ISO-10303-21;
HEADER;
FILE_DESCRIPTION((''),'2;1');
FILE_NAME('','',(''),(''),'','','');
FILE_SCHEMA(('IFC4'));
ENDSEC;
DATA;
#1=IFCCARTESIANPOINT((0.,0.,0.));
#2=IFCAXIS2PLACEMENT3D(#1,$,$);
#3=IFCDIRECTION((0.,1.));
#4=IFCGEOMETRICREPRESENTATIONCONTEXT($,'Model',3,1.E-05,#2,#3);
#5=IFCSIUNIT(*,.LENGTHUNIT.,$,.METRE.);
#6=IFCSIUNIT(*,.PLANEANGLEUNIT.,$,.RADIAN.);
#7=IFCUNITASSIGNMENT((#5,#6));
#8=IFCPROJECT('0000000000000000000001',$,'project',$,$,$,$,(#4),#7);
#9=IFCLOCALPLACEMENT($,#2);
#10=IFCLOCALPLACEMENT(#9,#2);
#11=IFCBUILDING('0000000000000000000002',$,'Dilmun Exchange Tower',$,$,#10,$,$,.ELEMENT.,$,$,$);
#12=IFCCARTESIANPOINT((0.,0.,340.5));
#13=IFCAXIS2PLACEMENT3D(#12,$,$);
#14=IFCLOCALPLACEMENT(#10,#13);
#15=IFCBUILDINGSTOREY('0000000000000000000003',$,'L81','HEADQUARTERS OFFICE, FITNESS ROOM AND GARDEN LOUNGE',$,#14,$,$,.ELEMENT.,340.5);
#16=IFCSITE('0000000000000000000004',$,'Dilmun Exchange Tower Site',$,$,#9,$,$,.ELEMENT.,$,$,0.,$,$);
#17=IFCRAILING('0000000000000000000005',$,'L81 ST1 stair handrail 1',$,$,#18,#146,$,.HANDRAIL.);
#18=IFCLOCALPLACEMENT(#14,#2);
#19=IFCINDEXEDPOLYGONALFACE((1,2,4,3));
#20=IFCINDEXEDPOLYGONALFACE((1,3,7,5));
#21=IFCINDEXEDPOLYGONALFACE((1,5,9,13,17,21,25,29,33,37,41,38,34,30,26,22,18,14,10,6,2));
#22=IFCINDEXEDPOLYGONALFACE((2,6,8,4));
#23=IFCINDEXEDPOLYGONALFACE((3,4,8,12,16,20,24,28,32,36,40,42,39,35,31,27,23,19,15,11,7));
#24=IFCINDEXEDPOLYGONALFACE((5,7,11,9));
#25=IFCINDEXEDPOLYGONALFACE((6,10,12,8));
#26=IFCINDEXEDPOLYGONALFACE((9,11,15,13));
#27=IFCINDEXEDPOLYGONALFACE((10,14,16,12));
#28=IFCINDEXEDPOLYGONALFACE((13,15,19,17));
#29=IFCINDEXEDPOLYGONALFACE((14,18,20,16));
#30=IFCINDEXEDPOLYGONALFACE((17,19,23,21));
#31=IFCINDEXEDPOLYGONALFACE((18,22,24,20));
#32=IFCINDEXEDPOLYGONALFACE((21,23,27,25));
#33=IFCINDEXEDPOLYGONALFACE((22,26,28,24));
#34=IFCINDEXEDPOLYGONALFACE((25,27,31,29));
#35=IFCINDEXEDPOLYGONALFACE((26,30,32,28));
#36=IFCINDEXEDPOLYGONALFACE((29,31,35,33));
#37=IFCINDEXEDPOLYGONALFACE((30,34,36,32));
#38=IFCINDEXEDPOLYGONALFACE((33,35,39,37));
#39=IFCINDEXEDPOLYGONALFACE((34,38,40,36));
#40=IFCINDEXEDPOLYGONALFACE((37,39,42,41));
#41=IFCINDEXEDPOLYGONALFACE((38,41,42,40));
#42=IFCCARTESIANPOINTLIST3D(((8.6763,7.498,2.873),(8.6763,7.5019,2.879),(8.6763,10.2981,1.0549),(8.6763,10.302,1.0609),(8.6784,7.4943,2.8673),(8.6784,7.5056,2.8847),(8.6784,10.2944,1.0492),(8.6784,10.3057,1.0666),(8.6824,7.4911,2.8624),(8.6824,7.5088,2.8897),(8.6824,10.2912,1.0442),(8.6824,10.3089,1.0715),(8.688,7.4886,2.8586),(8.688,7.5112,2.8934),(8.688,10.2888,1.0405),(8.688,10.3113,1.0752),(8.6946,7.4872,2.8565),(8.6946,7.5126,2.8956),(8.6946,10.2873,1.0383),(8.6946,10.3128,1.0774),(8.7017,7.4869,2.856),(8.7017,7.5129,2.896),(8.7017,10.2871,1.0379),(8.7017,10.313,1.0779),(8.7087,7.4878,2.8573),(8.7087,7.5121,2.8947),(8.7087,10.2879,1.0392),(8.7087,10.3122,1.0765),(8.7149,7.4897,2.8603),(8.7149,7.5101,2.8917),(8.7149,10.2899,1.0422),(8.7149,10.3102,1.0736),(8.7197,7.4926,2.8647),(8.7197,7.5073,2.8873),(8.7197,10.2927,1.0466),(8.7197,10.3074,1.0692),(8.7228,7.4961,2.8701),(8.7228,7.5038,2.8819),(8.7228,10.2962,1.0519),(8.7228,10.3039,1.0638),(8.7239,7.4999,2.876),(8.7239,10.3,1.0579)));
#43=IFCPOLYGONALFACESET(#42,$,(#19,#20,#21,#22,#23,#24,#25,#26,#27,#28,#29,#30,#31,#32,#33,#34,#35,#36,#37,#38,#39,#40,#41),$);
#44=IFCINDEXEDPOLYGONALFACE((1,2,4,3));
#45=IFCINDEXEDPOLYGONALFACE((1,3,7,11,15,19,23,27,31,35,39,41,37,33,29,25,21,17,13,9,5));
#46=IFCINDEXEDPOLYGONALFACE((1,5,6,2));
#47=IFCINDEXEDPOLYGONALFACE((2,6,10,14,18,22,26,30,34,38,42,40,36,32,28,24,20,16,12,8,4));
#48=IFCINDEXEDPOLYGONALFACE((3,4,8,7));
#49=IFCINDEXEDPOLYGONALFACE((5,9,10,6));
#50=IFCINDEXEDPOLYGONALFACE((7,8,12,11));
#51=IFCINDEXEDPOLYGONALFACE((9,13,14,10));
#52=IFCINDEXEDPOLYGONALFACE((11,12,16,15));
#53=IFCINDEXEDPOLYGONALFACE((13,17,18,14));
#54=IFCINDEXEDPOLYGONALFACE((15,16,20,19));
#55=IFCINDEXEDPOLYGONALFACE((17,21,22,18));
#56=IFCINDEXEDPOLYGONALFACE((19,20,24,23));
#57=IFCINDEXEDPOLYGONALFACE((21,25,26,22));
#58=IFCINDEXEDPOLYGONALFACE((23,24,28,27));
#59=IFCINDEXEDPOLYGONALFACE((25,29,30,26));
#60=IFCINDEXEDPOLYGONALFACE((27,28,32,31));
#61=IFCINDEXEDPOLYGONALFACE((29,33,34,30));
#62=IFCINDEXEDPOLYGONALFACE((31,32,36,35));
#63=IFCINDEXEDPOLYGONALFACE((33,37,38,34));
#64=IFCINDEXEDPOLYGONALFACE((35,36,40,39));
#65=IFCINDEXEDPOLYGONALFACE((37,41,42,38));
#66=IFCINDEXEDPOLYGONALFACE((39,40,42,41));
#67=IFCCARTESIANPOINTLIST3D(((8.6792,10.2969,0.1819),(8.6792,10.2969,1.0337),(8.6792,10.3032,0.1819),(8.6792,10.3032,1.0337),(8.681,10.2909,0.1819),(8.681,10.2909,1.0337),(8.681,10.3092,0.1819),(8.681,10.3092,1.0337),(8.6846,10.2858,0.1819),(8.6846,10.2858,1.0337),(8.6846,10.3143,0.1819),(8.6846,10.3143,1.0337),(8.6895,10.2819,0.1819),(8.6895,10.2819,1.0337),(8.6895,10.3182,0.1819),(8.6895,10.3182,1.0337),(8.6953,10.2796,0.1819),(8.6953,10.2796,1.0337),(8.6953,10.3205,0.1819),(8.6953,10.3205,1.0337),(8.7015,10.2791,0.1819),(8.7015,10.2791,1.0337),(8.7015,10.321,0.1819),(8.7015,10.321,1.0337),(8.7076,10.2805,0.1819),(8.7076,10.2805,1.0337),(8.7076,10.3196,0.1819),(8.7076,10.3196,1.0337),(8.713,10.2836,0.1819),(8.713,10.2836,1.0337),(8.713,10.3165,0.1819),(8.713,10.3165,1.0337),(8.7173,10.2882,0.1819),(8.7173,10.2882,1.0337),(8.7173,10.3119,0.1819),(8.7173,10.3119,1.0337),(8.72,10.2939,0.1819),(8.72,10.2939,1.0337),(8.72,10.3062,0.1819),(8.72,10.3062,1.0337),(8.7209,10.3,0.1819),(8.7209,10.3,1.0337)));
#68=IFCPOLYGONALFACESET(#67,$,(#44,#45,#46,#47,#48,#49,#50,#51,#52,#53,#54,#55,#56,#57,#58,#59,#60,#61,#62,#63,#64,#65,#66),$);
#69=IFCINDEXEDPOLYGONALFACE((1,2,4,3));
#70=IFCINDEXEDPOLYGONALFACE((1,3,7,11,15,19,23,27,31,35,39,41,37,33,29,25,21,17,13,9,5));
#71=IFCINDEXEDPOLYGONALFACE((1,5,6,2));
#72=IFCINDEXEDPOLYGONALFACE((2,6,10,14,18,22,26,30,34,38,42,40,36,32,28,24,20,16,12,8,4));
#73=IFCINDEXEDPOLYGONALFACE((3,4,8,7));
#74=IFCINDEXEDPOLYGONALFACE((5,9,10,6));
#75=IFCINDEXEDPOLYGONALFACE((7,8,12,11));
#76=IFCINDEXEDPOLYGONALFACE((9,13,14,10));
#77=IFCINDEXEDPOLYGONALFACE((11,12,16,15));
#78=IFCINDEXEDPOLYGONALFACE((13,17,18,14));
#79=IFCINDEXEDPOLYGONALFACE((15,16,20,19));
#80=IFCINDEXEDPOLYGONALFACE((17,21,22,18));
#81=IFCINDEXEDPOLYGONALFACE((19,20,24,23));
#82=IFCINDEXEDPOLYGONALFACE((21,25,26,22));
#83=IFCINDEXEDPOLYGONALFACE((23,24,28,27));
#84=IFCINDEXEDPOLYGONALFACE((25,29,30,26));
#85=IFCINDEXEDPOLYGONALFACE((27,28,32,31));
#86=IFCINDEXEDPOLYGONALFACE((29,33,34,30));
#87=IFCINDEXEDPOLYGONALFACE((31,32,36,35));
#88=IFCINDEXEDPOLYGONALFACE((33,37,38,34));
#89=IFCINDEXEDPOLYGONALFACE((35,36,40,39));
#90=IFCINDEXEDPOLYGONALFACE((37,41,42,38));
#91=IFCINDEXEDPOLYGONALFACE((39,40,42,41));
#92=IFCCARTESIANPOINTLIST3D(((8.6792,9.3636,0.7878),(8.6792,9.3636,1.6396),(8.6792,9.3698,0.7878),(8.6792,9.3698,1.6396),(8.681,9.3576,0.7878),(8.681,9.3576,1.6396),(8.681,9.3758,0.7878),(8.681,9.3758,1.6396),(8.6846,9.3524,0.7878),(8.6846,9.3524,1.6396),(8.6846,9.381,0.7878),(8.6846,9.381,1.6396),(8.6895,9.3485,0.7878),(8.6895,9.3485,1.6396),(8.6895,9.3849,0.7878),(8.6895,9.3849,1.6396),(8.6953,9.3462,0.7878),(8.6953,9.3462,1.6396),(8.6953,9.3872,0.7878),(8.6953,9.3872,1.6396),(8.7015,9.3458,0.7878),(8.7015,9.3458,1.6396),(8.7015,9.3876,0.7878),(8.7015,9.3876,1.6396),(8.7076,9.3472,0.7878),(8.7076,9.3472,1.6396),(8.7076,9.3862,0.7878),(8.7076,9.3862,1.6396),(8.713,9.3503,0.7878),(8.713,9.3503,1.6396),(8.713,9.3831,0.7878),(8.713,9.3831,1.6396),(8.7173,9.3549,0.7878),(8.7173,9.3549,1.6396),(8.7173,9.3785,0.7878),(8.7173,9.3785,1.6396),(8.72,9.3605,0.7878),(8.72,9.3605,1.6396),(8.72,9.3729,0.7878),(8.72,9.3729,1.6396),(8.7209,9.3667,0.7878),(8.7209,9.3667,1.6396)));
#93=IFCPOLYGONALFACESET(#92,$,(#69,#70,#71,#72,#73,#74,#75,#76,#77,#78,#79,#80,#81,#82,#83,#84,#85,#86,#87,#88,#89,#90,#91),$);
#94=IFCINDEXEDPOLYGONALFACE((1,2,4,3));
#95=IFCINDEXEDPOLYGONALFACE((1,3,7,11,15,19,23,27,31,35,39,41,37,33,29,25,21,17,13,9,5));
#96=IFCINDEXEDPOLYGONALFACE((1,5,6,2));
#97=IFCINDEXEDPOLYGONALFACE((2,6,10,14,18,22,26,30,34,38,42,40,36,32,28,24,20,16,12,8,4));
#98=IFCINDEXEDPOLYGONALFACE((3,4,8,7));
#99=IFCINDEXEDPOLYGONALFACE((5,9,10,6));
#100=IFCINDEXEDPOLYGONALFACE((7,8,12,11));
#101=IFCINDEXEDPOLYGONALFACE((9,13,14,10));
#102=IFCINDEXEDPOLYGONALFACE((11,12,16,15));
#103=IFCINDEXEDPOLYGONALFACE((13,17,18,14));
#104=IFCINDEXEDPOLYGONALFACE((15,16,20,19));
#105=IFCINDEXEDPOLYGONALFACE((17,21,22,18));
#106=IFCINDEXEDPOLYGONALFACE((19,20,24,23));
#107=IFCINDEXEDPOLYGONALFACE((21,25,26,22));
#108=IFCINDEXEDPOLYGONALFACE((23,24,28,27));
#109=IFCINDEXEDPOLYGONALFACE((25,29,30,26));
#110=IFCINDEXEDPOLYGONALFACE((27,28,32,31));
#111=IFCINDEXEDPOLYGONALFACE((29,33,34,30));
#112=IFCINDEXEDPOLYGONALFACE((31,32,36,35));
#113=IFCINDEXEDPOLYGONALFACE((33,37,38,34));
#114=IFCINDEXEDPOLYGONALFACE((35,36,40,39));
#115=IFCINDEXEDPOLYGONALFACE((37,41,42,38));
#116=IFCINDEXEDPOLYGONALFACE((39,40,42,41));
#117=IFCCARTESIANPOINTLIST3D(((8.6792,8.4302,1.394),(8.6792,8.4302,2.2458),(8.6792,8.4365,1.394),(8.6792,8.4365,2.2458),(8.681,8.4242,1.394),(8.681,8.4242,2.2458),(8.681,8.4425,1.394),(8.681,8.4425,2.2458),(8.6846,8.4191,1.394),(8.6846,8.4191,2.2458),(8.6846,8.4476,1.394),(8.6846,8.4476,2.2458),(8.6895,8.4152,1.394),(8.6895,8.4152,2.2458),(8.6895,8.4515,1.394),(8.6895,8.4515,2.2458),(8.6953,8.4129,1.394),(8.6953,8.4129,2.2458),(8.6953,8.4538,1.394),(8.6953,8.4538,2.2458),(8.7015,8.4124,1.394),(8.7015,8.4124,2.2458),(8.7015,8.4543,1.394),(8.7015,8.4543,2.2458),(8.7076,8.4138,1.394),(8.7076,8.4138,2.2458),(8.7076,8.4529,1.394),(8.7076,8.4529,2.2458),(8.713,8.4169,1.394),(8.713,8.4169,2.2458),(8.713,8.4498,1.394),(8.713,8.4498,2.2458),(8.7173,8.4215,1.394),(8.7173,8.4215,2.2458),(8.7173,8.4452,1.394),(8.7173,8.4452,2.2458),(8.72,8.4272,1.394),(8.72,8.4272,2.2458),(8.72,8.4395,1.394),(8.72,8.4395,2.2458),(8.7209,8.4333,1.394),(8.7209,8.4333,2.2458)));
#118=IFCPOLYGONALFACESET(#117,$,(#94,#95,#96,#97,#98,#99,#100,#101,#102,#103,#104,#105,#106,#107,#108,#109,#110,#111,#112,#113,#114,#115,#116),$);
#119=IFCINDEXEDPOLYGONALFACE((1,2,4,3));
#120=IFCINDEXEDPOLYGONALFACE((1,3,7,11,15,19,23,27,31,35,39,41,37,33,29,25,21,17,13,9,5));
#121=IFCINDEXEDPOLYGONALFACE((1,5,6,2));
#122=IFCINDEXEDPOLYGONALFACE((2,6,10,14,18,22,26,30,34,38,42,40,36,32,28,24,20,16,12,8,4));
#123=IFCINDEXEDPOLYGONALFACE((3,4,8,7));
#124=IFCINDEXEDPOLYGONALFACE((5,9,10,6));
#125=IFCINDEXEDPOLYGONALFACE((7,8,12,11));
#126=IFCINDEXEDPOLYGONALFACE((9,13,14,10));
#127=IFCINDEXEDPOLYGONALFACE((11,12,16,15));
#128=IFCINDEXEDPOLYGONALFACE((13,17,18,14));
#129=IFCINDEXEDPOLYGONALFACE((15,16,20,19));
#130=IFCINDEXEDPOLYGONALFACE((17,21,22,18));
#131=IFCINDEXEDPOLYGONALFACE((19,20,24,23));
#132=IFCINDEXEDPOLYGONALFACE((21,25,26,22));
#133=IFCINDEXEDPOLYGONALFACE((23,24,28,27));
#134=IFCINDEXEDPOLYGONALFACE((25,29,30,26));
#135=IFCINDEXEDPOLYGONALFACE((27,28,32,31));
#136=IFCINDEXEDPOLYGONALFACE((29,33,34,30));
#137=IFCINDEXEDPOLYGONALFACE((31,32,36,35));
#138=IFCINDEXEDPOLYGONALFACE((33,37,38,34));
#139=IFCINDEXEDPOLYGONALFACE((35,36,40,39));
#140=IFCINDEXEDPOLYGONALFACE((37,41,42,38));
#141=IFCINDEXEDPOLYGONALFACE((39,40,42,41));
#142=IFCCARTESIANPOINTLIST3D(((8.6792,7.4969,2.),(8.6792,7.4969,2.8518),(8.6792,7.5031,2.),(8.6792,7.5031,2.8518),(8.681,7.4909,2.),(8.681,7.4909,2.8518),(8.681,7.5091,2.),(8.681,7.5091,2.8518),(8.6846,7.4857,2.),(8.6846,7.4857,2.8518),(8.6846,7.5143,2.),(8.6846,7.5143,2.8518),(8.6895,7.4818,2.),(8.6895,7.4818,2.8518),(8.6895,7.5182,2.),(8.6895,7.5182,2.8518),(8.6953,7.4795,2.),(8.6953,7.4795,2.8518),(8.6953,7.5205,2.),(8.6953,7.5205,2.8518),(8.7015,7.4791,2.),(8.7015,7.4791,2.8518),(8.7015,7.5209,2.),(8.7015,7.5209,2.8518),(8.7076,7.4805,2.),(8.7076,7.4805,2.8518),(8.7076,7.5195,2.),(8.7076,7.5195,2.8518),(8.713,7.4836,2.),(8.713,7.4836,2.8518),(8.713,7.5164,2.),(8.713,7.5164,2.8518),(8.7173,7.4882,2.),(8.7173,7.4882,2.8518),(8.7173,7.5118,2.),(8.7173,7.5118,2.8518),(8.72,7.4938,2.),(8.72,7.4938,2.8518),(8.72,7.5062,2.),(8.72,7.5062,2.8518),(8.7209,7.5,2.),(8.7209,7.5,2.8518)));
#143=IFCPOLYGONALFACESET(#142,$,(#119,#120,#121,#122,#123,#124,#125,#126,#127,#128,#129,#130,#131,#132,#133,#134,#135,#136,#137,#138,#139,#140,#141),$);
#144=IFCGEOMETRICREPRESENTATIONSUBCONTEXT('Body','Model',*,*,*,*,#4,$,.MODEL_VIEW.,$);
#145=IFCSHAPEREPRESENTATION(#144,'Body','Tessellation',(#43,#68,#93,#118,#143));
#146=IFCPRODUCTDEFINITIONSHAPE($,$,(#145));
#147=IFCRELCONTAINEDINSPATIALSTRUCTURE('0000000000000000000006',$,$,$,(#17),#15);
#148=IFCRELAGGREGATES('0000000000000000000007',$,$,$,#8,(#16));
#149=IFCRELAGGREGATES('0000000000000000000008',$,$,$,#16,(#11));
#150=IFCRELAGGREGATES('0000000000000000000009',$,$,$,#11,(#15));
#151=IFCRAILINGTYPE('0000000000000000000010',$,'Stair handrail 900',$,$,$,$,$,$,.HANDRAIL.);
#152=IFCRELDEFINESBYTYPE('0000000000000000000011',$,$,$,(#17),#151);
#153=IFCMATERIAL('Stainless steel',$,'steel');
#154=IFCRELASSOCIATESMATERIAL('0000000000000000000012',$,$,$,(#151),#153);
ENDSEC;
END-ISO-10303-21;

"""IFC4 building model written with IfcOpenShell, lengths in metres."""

from ifc_helpers import new_model, si_unit, direction, frame, origin, origin_2d, place, context, subcontext, project, spatial, circle, extrude, material, type_object, element, save


model = new_model("IFC4")

# Units and contexts
model_context = context("Model", 3, precision=1e-05, world=origin(), true_north=direction((0.0, 1.0)))
body_context = subcontext(model_context, "Body", "Model", "MODEL_VIEW")
ifc_project = project(units=[si_unit("LENGTHUNIT", "METRE"), si_unit("PLANEANGLEUNIT", "RADIAN")], contexts=[model_context])

# Site, building, storey
site_placement = place(None, origin())
site = spatial("IfcSite", under=ifc_project, at=site_placement, Name="Dilmun Exchange Tower Site", CompositionType="ELEMENT", RefElevation=0.0)
building_placement = place(site_placement, origin())
building = spatial("IfcBuilding", under=site, at=building_placement, Name="Dilmun Exchange Tower", CompositionType="ELEMENT")
storey_placement = place(building_placement, frame((0.0, 0.0, 340.5)))
storey = spatial("IfcBuildingStorey", under=building, at=storey_placement, Name="L81", Description="HEADQUARTERS OFFICE, FITNESS ROOM AND GARDEN LOUNGE", CompositionType="ELEMENT", Elevation=340.5)

# Railing
ifc_material_1 = material(Name="Stainless steel", Category="steel")
railing_type = type_object("IfcRailingType", Name="Stair handrail 900", PredefinedType="HANDRAIL", material=ifc_material_1)
railing_1_placement = place(storey_placement, frame((8.7, 10.3, 0.1819)))
element("IfcRailing", 1, at=railing_1_placement, inside=storey, type_object=railing_type, Name="L81 ST1 stair handrail 1", PredefinedType="HANDRAIL", context=body_context, shape_type="SweptSolid", body=[
    extrude(circle(Radius=0.0239, at=origin_2d()), frame((0.0, 0.0, 0.876), z_axis=(0.0, -0.838706, 0.544585), x_axis=(1.0, 0.0, 0.0)), (0.0, 0.0, 1.0), 3.3386),
    extrude(circle(Radius=0.021, at=origin_2d()), origin(), (0.0, 0.0, 1.0), 0.8518),
    extrude(circle(Radius=0.021, at=origin_2d()), frame((0.0, -0.9333, 0.606)), (0.0, 0.0, 1.0), 0.8518),
    extrude(circle(Radius=0.021, at=origin_2d()), frame((0.0, -1.8667, 1.2122)), (0.0, 0.0, 1.0), 0.8518),
    extrude(circle(Radius=0.021, at=origin_2d()), frame((0.0, -2.8, 1.8181)), (0.0, 0.0, 1.0), 0.8518),
])

save(model, "model.ifc")
